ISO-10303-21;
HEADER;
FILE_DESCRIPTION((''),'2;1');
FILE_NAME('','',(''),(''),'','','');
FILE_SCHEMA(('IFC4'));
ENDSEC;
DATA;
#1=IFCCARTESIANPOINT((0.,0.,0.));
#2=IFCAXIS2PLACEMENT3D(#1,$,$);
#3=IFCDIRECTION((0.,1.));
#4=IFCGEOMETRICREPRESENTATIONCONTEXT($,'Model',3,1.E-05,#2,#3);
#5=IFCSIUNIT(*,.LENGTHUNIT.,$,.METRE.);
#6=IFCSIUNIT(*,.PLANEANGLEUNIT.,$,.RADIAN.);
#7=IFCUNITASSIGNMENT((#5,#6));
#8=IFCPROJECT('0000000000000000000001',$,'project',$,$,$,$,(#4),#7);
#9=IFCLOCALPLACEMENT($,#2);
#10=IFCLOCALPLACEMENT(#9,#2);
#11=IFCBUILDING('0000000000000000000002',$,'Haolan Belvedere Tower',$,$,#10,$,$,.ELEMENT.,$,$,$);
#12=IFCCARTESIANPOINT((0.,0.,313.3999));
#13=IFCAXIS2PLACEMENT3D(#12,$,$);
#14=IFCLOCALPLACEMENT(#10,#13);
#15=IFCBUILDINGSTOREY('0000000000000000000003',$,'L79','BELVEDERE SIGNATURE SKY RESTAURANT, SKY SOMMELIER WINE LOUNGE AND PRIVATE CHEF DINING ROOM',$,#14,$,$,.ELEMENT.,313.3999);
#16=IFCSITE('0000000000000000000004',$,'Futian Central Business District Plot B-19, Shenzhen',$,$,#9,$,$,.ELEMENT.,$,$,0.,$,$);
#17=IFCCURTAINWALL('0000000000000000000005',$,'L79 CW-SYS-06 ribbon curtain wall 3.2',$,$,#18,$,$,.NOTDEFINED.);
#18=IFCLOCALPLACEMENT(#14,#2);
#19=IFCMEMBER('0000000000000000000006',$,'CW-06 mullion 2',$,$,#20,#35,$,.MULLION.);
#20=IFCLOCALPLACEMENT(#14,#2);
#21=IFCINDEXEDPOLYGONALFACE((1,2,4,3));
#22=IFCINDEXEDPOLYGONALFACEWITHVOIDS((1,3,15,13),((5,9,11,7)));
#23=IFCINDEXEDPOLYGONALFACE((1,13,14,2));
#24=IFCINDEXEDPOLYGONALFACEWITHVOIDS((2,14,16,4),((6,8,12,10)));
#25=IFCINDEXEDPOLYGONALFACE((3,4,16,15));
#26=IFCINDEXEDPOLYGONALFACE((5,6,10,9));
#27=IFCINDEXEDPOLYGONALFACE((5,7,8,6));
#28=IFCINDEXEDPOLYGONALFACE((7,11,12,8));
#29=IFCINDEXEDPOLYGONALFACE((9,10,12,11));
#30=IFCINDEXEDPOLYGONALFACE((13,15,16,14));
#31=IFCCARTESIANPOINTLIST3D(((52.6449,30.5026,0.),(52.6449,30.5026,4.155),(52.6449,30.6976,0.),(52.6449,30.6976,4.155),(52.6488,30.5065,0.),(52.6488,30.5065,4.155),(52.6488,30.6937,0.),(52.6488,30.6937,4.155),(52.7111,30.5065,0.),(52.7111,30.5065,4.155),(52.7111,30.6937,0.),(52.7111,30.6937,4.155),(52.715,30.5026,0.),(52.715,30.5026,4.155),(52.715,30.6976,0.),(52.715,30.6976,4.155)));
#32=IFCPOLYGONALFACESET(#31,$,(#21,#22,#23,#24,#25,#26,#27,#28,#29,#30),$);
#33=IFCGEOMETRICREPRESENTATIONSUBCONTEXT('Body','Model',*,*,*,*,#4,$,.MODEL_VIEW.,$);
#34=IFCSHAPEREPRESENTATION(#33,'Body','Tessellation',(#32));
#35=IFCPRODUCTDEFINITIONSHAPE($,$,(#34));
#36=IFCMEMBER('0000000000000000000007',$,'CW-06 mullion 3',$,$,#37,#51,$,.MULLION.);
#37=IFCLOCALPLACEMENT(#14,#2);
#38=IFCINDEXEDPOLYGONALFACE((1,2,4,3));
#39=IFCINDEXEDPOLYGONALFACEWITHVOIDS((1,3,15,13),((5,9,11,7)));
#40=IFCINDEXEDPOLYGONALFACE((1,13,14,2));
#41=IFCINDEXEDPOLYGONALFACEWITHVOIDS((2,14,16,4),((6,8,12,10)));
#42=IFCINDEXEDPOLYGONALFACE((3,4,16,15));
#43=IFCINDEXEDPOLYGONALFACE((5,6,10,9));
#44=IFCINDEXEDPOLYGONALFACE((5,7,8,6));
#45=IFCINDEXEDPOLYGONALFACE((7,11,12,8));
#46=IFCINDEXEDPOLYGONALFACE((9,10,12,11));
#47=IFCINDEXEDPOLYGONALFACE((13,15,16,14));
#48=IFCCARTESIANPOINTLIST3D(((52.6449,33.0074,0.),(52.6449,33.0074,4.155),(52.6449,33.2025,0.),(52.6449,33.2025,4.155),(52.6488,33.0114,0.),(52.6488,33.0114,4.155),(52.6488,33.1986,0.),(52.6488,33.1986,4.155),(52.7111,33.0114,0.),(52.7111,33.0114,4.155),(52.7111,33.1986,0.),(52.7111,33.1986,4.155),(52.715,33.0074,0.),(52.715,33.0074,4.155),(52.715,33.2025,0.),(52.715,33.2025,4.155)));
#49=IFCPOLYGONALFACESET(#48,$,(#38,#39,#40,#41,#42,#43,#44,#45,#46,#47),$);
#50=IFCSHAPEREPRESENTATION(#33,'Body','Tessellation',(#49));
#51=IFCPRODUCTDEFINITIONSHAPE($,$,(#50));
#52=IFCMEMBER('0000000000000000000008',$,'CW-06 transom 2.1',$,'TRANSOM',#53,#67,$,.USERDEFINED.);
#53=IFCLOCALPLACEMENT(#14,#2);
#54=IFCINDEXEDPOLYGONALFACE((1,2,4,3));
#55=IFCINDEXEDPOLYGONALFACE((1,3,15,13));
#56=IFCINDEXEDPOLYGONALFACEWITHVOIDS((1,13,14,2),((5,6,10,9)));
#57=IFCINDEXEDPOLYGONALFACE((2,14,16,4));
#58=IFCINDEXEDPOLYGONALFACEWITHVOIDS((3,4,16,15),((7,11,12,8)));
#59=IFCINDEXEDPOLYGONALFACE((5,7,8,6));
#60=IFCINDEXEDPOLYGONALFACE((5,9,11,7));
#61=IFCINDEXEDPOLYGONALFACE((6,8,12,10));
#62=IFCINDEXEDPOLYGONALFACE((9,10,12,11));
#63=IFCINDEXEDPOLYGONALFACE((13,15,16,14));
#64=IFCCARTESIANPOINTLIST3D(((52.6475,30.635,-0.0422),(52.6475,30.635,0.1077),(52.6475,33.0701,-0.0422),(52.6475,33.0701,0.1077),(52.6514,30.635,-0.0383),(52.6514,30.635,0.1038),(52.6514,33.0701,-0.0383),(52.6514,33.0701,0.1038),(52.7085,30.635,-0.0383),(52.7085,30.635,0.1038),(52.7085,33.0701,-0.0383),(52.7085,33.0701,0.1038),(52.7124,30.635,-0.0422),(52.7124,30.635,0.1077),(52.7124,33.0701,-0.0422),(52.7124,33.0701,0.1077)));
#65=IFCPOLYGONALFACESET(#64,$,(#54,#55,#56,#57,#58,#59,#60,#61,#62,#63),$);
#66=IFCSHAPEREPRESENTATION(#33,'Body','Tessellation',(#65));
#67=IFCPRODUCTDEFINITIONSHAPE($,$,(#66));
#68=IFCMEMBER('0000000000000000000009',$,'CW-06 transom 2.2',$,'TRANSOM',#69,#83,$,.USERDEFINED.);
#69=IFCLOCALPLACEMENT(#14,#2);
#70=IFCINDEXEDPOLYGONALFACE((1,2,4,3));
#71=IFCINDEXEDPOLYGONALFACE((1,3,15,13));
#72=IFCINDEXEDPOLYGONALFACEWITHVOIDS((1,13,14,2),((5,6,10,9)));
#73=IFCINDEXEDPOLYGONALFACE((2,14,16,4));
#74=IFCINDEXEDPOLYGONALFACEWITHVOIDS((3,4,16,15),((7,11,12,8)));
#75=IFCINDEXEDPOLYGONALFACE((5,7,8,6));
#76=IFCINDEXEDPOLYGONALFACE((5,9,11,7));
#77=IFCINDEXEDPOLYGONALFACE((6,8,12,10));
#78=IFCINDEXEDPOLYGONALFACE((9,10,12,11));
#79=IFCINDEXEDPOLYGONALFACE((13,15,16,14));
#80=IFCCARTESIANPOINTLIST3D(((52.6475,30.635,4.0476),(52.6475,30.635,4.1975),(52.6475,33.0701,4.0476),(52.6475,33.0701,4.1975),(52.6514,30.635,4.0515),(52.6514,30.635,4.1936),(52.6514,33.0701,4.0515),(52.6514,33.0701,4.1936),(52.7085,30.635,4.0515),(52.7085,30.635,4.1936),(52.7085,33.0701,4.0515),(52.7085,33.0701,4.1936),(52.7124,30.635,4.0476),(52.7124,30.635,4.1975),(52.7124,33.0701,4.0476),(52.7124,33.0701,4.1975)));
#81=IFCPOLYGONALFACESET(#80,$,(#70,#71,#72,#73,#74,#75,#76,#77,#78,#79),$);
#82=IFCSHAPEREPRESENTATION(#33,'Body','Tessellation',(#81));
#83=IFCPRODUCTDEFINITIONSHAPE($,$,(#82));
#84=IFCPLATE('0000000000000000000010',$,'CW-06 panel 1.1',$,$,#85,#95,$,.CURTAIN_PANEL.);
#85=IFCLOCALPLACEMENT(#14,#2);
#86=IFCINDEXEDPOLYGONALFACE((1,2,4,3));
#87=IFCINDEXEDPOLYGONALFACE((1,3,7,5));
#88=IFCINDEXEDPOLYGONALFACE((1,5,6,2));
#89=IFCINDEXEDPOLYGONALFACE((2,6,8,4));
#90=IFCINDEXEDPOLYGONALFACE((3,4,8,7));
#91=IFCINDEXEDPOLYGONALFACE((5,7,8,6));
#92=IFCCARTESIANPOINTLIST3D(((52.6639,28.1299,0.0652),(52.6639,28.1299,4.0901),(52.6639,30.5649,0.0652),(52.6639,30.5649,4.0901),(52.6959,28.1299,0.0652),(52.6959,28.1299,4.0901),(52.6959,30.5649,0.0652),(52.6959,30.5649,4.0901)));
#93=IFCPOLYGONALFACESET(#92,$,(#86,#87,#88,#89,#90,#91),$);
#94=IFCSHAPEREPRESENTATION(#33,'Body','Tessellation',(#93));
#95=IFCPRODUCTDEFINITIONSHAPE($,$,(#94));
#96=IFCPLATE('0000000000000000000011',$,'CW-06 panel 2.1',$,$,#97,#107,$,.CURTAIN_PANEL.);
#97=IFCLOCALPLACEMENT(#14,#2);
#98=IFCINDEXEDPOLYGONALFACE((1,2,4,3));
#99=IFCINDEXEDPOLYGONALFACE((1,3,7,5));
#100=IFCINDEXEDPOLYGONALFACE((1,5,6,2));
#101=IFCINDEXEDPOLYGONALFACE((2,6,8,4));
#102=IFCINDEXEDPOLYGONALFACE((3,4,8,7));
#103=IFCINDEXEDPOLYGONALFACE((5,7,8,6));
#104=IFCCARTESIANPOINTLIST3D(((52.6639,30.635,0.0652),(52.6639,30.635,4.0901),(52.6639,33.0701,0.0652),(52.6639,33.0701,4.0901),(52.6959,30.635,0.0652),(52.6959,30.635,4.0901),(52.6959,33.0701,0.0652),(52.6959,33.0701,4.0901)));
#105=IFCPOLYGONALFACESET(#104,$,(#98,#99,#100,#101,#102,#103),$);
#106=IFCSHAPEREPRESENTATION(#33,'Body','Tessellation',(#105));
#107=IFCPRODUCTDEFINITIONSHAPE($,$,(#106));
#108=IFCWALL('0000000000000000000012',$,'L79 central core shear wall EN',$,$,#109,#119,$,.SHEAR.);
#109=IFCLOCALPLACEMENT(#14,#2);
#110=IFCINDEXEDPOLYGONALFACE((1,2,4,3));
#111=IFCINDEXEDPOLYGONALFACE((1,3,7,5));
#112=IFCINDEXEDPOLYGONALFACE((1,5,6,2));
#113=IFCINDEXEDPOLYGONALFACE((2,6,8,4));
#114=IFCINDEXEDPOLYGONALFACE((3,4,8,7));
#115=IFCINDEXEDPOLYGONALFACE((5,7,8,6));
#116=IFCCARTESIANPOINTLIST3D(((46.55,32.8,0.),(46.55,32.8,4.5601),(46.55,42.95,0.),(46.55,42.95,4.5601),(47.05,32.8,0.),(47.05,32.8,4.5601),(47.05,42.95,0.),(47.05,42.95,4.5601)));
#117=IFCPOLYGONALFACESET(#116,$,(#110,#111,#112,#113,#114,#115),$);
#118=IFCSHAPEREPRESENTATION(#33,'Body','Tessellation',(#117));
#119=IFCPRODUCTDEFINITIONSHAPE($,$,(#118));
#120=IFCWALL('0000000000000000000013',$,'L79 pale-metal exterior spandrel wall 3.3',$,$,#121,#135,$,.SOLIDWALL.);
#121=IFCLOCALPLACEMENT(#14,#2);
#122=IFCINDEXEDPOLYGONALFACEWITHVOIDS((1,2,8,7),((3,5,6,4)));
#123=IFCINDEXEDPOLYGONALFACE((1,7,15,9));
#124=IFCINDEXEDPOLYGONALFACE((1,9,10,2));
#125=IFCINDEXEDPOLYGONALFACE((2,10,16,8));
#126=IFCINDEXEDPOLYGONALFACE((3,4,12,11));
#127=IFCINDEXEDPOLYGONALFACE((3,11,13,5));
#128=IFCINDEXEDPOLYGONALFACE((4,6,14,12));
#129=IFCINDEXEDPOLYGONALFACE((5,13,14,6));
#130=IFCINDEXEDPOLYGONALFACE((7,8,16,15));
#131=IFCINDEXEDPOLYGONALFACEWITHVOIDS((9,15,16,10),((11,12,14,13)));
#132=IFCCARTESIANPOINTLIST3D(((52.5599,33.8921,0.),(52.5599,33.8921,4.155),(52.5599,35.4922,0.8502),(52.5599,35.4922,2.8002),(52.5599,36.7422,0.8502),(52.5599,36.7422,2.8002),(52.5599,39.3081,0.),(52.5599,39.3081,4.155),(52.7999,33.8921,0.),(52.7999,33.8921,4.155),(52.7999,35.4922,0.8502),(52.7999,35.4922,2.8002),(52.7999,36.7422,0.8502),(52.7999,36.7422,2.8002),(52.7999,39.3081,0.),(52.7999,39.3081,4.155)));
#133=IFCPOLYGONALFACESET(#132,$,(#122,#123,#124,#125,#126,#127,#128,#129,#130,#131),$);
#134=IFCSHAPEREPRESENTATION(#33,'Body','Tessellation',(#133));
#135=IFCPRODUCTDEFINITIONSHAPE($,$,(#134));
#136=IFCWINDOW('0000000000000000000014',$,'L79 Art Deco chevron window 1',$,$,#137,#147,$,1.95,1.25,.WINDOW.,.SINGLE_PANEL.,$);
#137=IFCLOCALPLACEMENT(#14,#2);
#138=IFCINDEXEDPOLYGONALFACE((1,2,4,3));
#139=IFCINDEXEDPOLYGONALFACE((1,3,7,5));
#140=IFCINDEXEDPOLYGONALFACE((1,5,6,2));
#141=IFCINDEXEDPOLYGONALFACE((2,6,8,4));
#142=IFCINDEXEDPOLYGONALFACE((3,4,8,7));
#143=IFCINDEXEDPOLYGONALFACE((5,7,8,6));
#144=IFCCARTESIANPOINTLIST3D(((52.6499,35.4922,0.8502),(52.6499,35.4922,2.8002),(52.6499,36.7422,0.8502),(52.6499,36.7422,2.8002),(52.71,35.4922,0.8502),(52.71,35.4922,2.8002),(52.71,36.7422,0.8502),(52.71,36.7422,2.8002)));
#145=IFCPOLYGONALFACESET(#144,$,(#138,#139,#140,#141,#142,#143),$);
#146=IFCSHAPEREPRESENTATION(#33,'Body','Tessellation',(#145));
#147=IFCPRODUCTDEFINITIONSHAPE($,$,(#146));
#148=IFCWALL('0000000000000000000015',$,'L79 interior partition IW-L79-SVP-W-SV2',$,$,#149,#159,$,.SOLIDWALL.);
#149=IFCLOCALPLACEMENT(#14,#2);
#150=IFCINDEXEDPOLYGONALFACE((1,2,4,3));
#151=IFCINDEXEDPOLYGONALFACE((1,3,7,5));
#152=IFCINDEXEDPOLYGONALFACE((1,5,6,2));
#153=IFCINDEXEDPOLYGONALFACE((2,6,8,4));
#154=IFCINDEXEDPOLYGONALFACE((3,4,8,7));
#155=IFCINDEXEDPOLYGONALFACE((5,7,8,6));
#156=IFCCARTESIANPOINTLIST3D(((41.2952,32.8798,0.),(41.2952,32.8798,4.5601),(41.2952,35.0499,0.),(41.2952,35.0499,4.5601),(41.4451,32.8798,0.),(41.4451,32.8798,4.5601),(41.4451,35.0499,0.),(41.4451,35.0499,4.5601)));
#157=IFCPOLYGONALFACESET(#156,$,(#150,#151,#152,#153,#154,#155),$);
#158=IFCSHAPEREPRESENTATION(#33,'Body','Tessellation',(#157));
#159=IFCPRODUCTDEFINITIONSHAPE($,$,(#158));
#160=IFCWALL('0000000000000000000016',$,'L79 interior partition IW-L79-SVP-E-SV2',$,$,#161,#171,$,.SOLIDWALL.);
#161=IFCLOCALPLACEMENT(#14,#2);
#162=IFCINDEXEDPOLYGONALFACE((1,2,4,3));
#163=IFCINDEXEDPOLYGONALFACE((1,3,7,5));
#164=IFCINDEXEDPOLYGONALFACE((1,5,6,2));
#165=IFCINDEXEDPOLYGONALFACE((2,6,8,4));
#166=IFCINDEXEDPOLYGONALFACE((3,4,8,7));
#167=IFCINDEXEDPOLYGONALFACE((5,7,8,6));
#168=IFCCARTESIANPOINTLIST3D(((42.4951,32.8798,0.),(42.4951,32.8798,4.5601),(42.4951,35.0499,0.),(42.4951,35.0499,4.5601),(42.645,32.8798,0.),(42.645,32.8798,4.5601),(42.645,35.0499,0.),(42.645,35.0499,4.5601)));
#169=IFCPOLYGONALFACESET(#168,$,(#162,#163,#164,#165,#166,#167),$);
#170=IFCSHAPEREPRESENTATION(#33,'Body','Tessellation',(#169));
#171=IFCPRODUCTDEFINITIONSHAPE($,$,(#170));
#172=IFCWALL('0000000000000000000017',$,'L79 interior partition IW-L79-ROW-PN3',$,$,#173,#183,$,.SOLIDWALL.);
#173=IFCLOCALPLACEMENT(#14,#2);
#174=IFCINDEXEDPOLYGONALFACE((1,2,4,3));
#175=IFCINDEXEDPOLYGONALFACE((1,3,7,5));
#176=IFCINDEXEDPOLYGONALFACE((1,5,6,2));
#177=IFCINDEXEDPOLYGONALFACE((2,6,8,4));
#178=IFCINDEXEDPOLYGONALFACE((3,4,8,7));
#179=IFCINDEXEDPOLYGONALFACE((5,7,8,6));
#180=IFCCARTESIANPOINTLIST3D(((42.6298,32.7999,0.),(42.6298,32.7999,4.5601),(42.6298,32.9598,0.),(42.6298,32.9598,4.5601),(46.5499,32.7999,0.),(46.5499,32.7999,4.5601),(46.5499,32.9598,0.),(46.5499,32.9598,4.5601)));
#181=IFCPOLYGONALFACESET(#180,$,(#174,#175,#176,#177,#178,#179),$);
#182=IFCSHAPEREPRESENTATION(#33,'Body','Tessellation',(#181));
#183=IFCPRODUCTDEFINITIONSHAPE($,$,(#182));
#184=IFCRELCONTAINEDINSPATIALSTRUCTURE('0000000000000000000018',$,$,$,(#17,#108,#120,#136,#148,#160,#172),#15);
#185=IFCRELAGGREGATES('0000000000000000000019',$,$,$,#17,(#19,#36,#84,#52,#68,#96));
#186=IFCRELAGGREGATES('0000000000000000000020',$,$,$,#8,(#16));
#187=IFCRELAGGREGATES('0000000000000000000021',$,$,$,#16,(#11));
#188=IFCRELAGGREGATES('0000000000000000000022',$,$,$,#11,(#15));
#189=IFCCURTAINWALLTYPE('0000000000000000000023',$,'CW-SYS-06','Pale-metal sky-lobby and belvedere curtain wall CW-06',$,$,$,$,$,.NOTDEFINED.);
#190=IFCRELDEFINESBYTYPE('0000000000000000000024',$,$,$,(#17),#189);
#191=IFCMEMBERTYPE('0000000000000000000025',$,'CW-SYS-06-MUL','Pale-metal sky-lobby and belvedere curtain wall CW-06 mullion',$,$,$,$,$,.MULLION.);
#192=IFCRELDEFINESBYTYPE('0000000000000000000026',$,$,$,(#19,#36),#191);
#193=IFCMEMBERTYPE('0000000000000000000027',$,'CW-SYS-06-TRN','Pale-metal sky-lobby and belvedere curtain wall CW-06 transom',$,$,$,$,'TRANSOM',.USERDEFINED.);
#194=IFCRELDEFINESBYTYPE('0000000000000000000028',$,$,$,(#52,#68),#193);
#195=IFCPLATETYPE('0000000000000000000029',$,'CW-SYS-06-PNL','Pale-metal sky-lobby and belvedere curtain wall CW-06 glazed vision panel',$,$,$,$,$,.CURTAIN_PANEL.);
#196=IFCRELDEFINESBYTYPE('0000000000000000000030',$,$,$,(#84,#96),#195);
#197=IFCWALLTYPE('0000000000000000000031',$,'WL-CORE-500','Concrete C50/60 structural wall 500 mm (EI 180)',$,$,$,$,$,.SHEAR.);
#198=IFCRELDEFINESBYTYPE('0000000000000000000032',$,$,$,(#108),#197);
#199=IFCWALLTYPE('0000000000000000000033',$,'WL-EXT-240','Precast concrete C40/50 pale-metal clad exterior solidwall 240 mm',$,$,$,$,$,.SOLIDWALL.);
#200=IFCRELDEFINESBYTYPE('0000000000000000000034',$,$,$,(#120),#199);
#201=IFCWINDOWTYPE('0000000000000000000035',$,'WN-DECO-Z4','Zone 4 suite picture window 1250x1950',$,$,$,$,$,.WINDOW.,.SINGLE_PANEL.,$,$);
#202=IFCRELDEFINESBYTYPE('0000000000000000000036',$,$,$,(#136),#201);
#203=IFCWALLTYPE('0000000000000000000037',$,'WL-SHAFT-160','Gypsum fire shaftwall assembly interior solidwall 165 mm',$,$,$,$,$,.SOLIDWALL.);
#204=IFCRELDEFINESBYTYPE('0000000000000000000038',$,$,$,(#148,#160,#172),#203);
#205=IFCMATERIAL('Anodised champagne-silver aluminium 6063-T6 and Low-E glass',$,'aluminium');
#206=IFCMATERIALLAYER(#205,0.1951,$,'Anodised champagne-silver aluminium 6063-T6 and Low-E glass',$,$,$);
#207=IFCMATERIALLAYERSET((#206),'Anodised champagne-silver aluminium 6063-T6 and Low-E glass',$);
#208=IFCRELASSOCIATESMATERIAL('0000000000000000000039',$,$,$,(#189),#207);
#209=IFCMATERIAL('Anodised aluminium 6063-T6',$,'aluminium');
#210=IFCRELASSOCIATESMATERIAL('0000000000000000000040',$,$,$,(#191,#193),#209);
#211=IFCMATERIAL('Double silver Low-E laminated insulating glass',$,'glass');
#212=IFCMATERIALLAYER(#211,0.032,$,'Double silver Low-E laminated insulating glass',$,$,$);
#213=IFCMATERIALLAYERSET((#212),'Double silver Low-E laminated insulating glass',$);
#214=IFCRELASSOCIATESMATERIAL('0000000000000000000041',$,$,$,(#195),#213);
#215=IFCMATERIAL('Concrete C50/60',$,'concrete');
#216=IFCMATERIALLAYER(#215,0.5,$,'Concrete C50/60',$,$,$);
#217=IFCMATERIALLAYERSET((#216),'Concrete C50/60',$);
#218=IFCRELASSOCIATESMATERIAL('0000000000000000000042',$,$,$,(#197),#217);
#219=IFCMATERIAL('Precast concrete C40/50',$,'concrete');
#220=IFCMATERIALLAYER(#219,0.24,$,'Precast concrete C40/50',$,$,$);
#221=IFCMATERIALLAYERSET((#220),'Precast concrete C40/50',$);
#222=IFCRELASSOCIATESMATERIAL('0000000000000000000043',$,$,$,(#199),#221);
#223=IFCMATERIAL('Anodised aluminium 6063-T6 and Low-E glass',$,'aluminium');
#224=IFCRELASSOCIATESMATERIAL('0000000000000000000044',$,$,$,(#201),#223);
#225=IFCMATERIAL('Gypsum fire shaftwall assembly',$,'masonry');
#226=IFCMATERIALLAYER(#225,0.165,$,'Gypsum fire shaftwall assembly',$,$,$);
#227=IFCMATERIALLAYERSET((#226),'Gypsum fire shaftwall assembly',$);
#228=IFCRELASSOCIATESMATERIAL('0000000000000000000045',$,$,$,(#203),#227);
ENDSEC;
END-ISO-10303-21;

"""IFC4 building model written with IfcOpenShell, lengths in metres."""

from ifc_helpers import new_model, si_unit, direction, frame, frame_2d, origin, origin_2d, place, context, subcontext, project, spatial, rectangle, hollow_rectangle, extrude, material, layer, layer_set, material_profile, profile_set, type_object, element, fill, aggregate, save


model = new_model("IFC4")

# Units and contexts
model_context = context("Model", 3, precision=1e-05, world=origin(), true_north=direction((0.0, 1.0)))
body_context = subcontext(model_context, "Body", "Model", "MODEL_VIEW")
ifc_project = project(units=[si_unit("LENGTHUNIT", "METRE"), si_unit("PLANEANGLEUNIT", "RADIAN")], contexts=[model_context])

# Site, building, storey
site_placement = place(None, origin())
site = spatial("IfcSite", under=ifc_project, at=site_placement, Name="Futian Central Business District Plot B-19, Shenzhen", CompositionType="ELEMENT", RefElevation=0.0)
building_placement = place(site_placement, origin())
building = spatial("IfcBuilding", under=site, at=building_placement, Name="Haolan Belvedere Tower", CompositionType="ELEMENT")
storey_placement = place(building_placement, frame((0.0, 0.0, 313.3999)))
storey = spatial("IfcBuildingStorey", under=building, at=storey_placement, Name="L79", Description="BELVEDERE SIGNATURE SKY RESTAURANT, SKY SOMMELIER WINE LOUNGE AND PRIVATE CHEF DINING ROOM", CompositionType="ELEMENT", Elevation=313.3999)

# Curtain wall, members, plates
ifc_material_1 = material(Name="Anodised champagne-silver aluminium 6063-T6 and Low-E glass", Category="aluminium")
ifc_layer_1 = layer(ifc_material_1, 0.1951, Name="Anodised champagne-silver aluminium 6063-T6 and Low-E glass")
ifc_layer_set_1 = layer_set([ifc_layer_1], Name="Anodised champagne-silver aluminium 6063-T6 and Low-E glass")
curtain_wall_type = type_object("IfcCurtainWallType", Name="CW-SYS-06", Description="Pale-metal sky-lobby and belvedere curtain wall CW-06", PredefinedType="NOTDEFINED", material=ifc_layer_set_1)
curtain_wall_placement = place(storey_placement, origin())
curtain_wall = element("IfcCurtainWall", 1, at=curtain_wall_placement, inside=storey, type_object=curtain_wall_type, Name="L79 CW-SYS-06 ribbon curtain wall 3.2", PredefinedType="NOTDEFINED")
ifc_material_2 = material(Name="Anodised aluminium 6063-T6", Category="aluminium")
ifc_material_profile_1 = material_profile(ifc_material_2, hollow_rectangle(XDim=0.0701, YDim=0.1951, WallThickness=0.0039, at=origin_2d()), Name="Anodised aluminium 6063-T6")
ifc_profile_set_1 = profile_set([ifc_material_profile_1], Name="Anodised aluminium 6063-T6")
member_type_1 = type_object("IfcMemberType", Name="CW-SYS-06-MUL", Description="Pale-metal sky-lobby and belvedere curtain wall CW-06 mullion", PredefinedType="MULLION", material=ifc_profile_set_1)
member_1_placement = place(storey_placement, frame((52.6799, 30.6001, 0.0), z_axis=(0.0, 0.0, 1.0), x_axis=(-1.0, 0.0, 0.0)))
member_1 = element("IfcMember", 2, at=member_1_placement, type_object=member_type_1, Name="CW-06 mullion 2", PredefinedType="MULLION", context=body_context, shape_type="SweptSolid", body=[
    extrude(hollow_rectangle(XDim=0.0701, YDim=0.1951, WallThickness=0.0039, at=origin_2d()), origin(), (0.0, 0.0, 1.0), 4.155),
])
member_2_placement = place(storey_placement, frame((52.6799, 33.105, 0.0), z_axis=(0.0, 0.0, 1.0), x_axis=(-1.0, 0.0, 0.0)))
member_2 = element("IfcMember", 3, at=member_2_placement, type_object=member_type_1, Name="CW-06 mullion 3", PredefinedType="MULLION", context=body_context, shape_type="SweptSolid", body=[
    extrude(hollow_rectangle(XDim=0.0701, YDim=0.1951, WallThickness=0.0039, at=origin_2d()), origin(), (0.0, 0.0, 1.0), 4.155),
])
ifc_material_profile_2 = material_profile(ifc_material_2, hollow_rectangle(XDim=0.0649, YDim=0.1499, WallThickness=0.0039, at=origin_2d()), Name="Anodised aluminium 6063-T6")
ifc_profile_set_2 = profile_set([ifc_material_profile_2], Name="Anodised aluminium 6063-T6")
member_type_2 = type_object("IfcMemberType", Name="CW-SYS-06-TRN", Description="Pale-metal sky-lobby and belvedere curtain wall CW-06 transom", ElementType="TRANSOM", PredefinedType="USERDEFINED", material=ifc_profile_set_2)
member_3_placement = place(storey_placement, frame((52.6799, 30.635, 0.0327), z_axis=(0.0, 1.0, 0.0), x_axis=(-1.0, 0.0, 0.0)))
member_3 = element("IfcMember", 4, at=member_3_placement, type_object=member_type_2, Name="CW-06 transom 2.1", ObjectType="TRANSOM", PredefinedType="USERDEFINED", context=body_context, shape_type="SweptSolid", body=[
    extrude(hollow_rectangle(XDim=0.0649, YDim=0.1499, WallThickness=0.0039, at=origin_2d()), origin(), (0.0, 0.0, 1.0), 2.4351),
])
member_4_placement = place(storey_placement, frame((52.6799, 30.635, 4.1226), z_axis=(0.0, 1.0, 0.0), x_axis=(-1.0, 0.0, 0.0)))
member_4 = element("IfcMember", 5, at=member_4_placement, type_object=member_type_2, Name="CW-06 transom 2.2", ObjectType="TRANSOM", PredefinedType="USERDEFINED", context=body_context, shape_type="SweptSolid", body=[
    extrude(hollow_rectangle(XDim=0.0649, YDim=0.1499, WallThickness=0.0039, at=origin_2d()), origin(), (0.0, 0.0, 1.0), 2.4351),
])
ifc_material_3 = material(Name="Double silver Low-E laminated insulating glass", Category="glass")
ifc_layer_2 = layer(ifc_material_3, 0.032, Name="Double silver Low-E laminated insulating glass")
ifc_layer_set_2 = layer_set([ifc_layer_2], Name="Double silver Low-E laminated insulating glass")
plate_type = type_object("IfcPlateType", Name="CW-SYS-06-PNL", Description="Pale-metal sky-lobby and belvedere curtain wall CW-06 glazed vision panel", PredefinedType="CURTAIN_PANEL", material=ifc_layer_set_2)
plate_1_placement = place(storey_placement, frame((52.6799, 29.3474, 0.0652), z_axis=(0.0, 0.0, 1.0), x_axis=(0.0, 1.0, 0.0)))
plate_1 = element("IfcPlate", 6, at=plate_1_placement, type_object=plate_type, Name="CW-06 panel 1.1", PredefinedType="CURTAIN_PANEL", context=body_context, shape_type="SweptSolid", body=[
    extrude(rectangle(XDim=2.4351, YDim=0.032, at=origin_2d()), origin(), (0.0, 0.0, 1.0), 4.0249),
])
plate_2_placement = place(storey_placement, frame((52.6799, 31.8525, 0.0652), z_axis=(0.0, 0.0, 1.0), x_axis=(0.0, 1.0, 0.0)))
plate_2 = element("IfcPlate", 7, at=plate_2_placement, type_object=plate_type, Name="CW-06 panel 2.1", PredefinedType="CURTAIN_PANEL", context=body_context, shape_type="SweptSolid", body=[
    extrude(rectangle(XDim=2.4351, YDim=0.032, at=origin_2d()), origin(), (0.0, 0.0, 1.0), 4.0249),
])
aggregate(curtain_wall, [member_1, member_2, plate_1, member_3, member_4, plate_2])

# Wall
ifc_material_4 = material(Name="Concrete C50/60", Category="concrete")
ifc_layer_3 = layer(ifc_material_4, 0.5, Name="Concrete C50/60")
ifc_layer_set_3 = layer_set([ifc_layer_3], Name="Concrete C50/60")
wall_type_1 = type_object("IfcWallType", Name="WL-CORE-500", Description="Concrete C50/60 structural wall 500 mm (EI 180)", PredefinedType="SHEAR", material=ifc_layer_set_3)
wall_1_placement = place(storey_placement, frame((46.8, 32.8, 0.0), z_axis=(0.0, 0.0, 1.0), x_axis=(0.0, 1.0, 0.0)))
element("IfcWall", 8, at=wall_1_placement, inside=storey, type_object=wall_type_1, Name="L79 central core shear wall EN", PredefinedType="SHEAR", context=body_context, shape_type="SweptSolid", body=[
    extrude(rectangle(XDim=10.1499, YDim=0.5, at=frame_2d((5.075, 0.0))), origin(), (0.0, 0.0, 1.0), 4.5601),
])

# Wall, opening, window
ifc_material_5 = material(Name="Precast concrete C40/50", Category="concrete")
ifc_layer_4 = layer(ifc_material_5, 0.24, Name="Precast concrete C40/50")
ifc_layer_set_4 = layer_set([ifc_layer_4], Name="Precast concrete C40/50")
wall_type_2 = type_object("IfcWallType", Name="WL-EXT-240", Description="Precast concrete C40/50 pale-metal clad exterior solidwall 240 mm", PredefinedType="SOLIDWALL", material=ifc_layer_set_4)
wall_2_placement = place(storey_placement, frame((52.6799, 33.8921, 0.0), z_axis=(0.0, 0.0, 1.0), x_axis=(0.0, 1.0, 0.0)))
wall_2 = element("IfcWall", 9, at=wall_2_placement, inside=storey, type_object=wall_type_2, Name="L79 pale-metal exterior spandrel wall 3.3", PredefinedType="SOLIDWALL", context=body_context, shape_type="SweptSolid", body=[
    extrude(rectangle(XDim=5.416, YDim=0.24, at=frame_2d((2.708, 0.0))), origin(), (0.0, 0.0, 1.0), 4.155),
])
opening_1_placement = place(wall_2_placement, frame((1.6001, 0.0, 0.8501)))
opening_1 = element("IfcOpeningElement", 10, at=opening_1_placement, cuts=wall_2, PredefinedType="OPENING", context=body_context, shape_type="SweptSolid", body=[
    extrude(rectangle(XDim=1.25, YDim=1.95, at=frame_2d((0.625, 0.9751))), frame((0.0, 0.1299, 0.0), z_axis=(0.0, -1.0, 0.0), x_axis=(1.0, 0.0, 0.0)), (0.0, 0.0, 1.0), 0.26),
])
ifc_material_6 = material(Name="Anodised aluminium 6063-T6 and Low-E glass", Category="aluminium")
window_type = type_object("IfcWindowType", Name="WN-DECO-Z4", Description="Zone 4 suite picture window 1250x1950", PartitioningType="SINGLE_PANEL", PredefinedType="WINDOW", material=ifc_material_6)
window_placement = place(opening_1_placement, origin())
window = element("IfcWindow", 11, at=window_placement, inside=storey, type_object=window_type, Name="L79 Art Deco chevron window 1", OverallHeight=1.95, OverallWidth=1.25, PartitioningType="SINGLE_PANEL", PredefinedType="WINDOW", context=body_context, shape_type="SweptSolid", body=[
    extrude(rectangle(XDim=1.25, YDim=1.95, at=frame_2d((0.625, 0.9751))), frame((0.0, 0.03, 0.0), z_axis=(0.0, -1.0, 0.0), x_axis=(1.0, 0.0, 0.0)), (0.0, 0.0, 1.0), 0.0601),
])
fill(opening_1, window)

# Walls
ifc_material_7 = material(Name="Gypsum fire shaftwall assembly", Category="masonry")
ifc_layer_5 = layer(ifc_material_7, 0.165, Name="Gypsum fire shaftwall assembly")
ifc_layer_set_5 = layer_set([ifc_layer_5], Name="Gypsum fire shaftwall assembly")
wall_type_3 = type_object("IfcWallType", Name="WL-SHAFT-160", Description="Gypsum fire shaftwall assembly interior solidwall 165 mm", PredefinedType="SOLIDWALL", material=ifc_layer_set_5)
for number, where, z_axis, x_axis, name in (
    (12, (41.3701, 32.8799, 0.0), (0.0, 0.0, 1.0), (0.0, 1.0, 0.0), "L79 interior partition IW-L79-SVP-W-SV2"),
    (13, (42.5701, 32.8799, 0.0), (0.0, 0.0, 1.0), (0.0, 1.0, 0.0), "L79 interior partition IW-L79-SVP-E-SV2"),
):
    element("IfcWall", number, at=place(storey_placement, frame(where, z_axis=z_axis, x_axis=x_axis)), inside=storey, type_object=wall_type_3, Name=name, PredefinedType="SOLIDWALL", context=body_context, shape_type="SweptSolid", body=[
        extrude(rectangle(XDim=2.1702, YDim=0.1499, at=frame_2d((1.085, 0.0))), origin(), (0.0, 0.0, 1.0), 4.5601),
    ])
wall_3_placement = place(storey_placement, frame((42.6299, 32.8799, 0.0), z_axis=(0.0, 0.0, 1.0), x_axis=(1.0, 0.0, 0.0)))
element("IfcWall", 14, at=wall_3_placement, inside=storey, type_object=wall_type_3, Name="L79 interior partition IW-L79-ROW-PN3", PredefinedType="SOLIDWALL", context=body_context, shape_type="SweptSolid", body=[
    extrude(rectangle(XDim=3.9202, YDim=0.1599, at=frame_2d((1.96, 0.0))), origin(), (0.0, 0.0, 1.0), 4.5601),
])

save(model, "model.ifc")
